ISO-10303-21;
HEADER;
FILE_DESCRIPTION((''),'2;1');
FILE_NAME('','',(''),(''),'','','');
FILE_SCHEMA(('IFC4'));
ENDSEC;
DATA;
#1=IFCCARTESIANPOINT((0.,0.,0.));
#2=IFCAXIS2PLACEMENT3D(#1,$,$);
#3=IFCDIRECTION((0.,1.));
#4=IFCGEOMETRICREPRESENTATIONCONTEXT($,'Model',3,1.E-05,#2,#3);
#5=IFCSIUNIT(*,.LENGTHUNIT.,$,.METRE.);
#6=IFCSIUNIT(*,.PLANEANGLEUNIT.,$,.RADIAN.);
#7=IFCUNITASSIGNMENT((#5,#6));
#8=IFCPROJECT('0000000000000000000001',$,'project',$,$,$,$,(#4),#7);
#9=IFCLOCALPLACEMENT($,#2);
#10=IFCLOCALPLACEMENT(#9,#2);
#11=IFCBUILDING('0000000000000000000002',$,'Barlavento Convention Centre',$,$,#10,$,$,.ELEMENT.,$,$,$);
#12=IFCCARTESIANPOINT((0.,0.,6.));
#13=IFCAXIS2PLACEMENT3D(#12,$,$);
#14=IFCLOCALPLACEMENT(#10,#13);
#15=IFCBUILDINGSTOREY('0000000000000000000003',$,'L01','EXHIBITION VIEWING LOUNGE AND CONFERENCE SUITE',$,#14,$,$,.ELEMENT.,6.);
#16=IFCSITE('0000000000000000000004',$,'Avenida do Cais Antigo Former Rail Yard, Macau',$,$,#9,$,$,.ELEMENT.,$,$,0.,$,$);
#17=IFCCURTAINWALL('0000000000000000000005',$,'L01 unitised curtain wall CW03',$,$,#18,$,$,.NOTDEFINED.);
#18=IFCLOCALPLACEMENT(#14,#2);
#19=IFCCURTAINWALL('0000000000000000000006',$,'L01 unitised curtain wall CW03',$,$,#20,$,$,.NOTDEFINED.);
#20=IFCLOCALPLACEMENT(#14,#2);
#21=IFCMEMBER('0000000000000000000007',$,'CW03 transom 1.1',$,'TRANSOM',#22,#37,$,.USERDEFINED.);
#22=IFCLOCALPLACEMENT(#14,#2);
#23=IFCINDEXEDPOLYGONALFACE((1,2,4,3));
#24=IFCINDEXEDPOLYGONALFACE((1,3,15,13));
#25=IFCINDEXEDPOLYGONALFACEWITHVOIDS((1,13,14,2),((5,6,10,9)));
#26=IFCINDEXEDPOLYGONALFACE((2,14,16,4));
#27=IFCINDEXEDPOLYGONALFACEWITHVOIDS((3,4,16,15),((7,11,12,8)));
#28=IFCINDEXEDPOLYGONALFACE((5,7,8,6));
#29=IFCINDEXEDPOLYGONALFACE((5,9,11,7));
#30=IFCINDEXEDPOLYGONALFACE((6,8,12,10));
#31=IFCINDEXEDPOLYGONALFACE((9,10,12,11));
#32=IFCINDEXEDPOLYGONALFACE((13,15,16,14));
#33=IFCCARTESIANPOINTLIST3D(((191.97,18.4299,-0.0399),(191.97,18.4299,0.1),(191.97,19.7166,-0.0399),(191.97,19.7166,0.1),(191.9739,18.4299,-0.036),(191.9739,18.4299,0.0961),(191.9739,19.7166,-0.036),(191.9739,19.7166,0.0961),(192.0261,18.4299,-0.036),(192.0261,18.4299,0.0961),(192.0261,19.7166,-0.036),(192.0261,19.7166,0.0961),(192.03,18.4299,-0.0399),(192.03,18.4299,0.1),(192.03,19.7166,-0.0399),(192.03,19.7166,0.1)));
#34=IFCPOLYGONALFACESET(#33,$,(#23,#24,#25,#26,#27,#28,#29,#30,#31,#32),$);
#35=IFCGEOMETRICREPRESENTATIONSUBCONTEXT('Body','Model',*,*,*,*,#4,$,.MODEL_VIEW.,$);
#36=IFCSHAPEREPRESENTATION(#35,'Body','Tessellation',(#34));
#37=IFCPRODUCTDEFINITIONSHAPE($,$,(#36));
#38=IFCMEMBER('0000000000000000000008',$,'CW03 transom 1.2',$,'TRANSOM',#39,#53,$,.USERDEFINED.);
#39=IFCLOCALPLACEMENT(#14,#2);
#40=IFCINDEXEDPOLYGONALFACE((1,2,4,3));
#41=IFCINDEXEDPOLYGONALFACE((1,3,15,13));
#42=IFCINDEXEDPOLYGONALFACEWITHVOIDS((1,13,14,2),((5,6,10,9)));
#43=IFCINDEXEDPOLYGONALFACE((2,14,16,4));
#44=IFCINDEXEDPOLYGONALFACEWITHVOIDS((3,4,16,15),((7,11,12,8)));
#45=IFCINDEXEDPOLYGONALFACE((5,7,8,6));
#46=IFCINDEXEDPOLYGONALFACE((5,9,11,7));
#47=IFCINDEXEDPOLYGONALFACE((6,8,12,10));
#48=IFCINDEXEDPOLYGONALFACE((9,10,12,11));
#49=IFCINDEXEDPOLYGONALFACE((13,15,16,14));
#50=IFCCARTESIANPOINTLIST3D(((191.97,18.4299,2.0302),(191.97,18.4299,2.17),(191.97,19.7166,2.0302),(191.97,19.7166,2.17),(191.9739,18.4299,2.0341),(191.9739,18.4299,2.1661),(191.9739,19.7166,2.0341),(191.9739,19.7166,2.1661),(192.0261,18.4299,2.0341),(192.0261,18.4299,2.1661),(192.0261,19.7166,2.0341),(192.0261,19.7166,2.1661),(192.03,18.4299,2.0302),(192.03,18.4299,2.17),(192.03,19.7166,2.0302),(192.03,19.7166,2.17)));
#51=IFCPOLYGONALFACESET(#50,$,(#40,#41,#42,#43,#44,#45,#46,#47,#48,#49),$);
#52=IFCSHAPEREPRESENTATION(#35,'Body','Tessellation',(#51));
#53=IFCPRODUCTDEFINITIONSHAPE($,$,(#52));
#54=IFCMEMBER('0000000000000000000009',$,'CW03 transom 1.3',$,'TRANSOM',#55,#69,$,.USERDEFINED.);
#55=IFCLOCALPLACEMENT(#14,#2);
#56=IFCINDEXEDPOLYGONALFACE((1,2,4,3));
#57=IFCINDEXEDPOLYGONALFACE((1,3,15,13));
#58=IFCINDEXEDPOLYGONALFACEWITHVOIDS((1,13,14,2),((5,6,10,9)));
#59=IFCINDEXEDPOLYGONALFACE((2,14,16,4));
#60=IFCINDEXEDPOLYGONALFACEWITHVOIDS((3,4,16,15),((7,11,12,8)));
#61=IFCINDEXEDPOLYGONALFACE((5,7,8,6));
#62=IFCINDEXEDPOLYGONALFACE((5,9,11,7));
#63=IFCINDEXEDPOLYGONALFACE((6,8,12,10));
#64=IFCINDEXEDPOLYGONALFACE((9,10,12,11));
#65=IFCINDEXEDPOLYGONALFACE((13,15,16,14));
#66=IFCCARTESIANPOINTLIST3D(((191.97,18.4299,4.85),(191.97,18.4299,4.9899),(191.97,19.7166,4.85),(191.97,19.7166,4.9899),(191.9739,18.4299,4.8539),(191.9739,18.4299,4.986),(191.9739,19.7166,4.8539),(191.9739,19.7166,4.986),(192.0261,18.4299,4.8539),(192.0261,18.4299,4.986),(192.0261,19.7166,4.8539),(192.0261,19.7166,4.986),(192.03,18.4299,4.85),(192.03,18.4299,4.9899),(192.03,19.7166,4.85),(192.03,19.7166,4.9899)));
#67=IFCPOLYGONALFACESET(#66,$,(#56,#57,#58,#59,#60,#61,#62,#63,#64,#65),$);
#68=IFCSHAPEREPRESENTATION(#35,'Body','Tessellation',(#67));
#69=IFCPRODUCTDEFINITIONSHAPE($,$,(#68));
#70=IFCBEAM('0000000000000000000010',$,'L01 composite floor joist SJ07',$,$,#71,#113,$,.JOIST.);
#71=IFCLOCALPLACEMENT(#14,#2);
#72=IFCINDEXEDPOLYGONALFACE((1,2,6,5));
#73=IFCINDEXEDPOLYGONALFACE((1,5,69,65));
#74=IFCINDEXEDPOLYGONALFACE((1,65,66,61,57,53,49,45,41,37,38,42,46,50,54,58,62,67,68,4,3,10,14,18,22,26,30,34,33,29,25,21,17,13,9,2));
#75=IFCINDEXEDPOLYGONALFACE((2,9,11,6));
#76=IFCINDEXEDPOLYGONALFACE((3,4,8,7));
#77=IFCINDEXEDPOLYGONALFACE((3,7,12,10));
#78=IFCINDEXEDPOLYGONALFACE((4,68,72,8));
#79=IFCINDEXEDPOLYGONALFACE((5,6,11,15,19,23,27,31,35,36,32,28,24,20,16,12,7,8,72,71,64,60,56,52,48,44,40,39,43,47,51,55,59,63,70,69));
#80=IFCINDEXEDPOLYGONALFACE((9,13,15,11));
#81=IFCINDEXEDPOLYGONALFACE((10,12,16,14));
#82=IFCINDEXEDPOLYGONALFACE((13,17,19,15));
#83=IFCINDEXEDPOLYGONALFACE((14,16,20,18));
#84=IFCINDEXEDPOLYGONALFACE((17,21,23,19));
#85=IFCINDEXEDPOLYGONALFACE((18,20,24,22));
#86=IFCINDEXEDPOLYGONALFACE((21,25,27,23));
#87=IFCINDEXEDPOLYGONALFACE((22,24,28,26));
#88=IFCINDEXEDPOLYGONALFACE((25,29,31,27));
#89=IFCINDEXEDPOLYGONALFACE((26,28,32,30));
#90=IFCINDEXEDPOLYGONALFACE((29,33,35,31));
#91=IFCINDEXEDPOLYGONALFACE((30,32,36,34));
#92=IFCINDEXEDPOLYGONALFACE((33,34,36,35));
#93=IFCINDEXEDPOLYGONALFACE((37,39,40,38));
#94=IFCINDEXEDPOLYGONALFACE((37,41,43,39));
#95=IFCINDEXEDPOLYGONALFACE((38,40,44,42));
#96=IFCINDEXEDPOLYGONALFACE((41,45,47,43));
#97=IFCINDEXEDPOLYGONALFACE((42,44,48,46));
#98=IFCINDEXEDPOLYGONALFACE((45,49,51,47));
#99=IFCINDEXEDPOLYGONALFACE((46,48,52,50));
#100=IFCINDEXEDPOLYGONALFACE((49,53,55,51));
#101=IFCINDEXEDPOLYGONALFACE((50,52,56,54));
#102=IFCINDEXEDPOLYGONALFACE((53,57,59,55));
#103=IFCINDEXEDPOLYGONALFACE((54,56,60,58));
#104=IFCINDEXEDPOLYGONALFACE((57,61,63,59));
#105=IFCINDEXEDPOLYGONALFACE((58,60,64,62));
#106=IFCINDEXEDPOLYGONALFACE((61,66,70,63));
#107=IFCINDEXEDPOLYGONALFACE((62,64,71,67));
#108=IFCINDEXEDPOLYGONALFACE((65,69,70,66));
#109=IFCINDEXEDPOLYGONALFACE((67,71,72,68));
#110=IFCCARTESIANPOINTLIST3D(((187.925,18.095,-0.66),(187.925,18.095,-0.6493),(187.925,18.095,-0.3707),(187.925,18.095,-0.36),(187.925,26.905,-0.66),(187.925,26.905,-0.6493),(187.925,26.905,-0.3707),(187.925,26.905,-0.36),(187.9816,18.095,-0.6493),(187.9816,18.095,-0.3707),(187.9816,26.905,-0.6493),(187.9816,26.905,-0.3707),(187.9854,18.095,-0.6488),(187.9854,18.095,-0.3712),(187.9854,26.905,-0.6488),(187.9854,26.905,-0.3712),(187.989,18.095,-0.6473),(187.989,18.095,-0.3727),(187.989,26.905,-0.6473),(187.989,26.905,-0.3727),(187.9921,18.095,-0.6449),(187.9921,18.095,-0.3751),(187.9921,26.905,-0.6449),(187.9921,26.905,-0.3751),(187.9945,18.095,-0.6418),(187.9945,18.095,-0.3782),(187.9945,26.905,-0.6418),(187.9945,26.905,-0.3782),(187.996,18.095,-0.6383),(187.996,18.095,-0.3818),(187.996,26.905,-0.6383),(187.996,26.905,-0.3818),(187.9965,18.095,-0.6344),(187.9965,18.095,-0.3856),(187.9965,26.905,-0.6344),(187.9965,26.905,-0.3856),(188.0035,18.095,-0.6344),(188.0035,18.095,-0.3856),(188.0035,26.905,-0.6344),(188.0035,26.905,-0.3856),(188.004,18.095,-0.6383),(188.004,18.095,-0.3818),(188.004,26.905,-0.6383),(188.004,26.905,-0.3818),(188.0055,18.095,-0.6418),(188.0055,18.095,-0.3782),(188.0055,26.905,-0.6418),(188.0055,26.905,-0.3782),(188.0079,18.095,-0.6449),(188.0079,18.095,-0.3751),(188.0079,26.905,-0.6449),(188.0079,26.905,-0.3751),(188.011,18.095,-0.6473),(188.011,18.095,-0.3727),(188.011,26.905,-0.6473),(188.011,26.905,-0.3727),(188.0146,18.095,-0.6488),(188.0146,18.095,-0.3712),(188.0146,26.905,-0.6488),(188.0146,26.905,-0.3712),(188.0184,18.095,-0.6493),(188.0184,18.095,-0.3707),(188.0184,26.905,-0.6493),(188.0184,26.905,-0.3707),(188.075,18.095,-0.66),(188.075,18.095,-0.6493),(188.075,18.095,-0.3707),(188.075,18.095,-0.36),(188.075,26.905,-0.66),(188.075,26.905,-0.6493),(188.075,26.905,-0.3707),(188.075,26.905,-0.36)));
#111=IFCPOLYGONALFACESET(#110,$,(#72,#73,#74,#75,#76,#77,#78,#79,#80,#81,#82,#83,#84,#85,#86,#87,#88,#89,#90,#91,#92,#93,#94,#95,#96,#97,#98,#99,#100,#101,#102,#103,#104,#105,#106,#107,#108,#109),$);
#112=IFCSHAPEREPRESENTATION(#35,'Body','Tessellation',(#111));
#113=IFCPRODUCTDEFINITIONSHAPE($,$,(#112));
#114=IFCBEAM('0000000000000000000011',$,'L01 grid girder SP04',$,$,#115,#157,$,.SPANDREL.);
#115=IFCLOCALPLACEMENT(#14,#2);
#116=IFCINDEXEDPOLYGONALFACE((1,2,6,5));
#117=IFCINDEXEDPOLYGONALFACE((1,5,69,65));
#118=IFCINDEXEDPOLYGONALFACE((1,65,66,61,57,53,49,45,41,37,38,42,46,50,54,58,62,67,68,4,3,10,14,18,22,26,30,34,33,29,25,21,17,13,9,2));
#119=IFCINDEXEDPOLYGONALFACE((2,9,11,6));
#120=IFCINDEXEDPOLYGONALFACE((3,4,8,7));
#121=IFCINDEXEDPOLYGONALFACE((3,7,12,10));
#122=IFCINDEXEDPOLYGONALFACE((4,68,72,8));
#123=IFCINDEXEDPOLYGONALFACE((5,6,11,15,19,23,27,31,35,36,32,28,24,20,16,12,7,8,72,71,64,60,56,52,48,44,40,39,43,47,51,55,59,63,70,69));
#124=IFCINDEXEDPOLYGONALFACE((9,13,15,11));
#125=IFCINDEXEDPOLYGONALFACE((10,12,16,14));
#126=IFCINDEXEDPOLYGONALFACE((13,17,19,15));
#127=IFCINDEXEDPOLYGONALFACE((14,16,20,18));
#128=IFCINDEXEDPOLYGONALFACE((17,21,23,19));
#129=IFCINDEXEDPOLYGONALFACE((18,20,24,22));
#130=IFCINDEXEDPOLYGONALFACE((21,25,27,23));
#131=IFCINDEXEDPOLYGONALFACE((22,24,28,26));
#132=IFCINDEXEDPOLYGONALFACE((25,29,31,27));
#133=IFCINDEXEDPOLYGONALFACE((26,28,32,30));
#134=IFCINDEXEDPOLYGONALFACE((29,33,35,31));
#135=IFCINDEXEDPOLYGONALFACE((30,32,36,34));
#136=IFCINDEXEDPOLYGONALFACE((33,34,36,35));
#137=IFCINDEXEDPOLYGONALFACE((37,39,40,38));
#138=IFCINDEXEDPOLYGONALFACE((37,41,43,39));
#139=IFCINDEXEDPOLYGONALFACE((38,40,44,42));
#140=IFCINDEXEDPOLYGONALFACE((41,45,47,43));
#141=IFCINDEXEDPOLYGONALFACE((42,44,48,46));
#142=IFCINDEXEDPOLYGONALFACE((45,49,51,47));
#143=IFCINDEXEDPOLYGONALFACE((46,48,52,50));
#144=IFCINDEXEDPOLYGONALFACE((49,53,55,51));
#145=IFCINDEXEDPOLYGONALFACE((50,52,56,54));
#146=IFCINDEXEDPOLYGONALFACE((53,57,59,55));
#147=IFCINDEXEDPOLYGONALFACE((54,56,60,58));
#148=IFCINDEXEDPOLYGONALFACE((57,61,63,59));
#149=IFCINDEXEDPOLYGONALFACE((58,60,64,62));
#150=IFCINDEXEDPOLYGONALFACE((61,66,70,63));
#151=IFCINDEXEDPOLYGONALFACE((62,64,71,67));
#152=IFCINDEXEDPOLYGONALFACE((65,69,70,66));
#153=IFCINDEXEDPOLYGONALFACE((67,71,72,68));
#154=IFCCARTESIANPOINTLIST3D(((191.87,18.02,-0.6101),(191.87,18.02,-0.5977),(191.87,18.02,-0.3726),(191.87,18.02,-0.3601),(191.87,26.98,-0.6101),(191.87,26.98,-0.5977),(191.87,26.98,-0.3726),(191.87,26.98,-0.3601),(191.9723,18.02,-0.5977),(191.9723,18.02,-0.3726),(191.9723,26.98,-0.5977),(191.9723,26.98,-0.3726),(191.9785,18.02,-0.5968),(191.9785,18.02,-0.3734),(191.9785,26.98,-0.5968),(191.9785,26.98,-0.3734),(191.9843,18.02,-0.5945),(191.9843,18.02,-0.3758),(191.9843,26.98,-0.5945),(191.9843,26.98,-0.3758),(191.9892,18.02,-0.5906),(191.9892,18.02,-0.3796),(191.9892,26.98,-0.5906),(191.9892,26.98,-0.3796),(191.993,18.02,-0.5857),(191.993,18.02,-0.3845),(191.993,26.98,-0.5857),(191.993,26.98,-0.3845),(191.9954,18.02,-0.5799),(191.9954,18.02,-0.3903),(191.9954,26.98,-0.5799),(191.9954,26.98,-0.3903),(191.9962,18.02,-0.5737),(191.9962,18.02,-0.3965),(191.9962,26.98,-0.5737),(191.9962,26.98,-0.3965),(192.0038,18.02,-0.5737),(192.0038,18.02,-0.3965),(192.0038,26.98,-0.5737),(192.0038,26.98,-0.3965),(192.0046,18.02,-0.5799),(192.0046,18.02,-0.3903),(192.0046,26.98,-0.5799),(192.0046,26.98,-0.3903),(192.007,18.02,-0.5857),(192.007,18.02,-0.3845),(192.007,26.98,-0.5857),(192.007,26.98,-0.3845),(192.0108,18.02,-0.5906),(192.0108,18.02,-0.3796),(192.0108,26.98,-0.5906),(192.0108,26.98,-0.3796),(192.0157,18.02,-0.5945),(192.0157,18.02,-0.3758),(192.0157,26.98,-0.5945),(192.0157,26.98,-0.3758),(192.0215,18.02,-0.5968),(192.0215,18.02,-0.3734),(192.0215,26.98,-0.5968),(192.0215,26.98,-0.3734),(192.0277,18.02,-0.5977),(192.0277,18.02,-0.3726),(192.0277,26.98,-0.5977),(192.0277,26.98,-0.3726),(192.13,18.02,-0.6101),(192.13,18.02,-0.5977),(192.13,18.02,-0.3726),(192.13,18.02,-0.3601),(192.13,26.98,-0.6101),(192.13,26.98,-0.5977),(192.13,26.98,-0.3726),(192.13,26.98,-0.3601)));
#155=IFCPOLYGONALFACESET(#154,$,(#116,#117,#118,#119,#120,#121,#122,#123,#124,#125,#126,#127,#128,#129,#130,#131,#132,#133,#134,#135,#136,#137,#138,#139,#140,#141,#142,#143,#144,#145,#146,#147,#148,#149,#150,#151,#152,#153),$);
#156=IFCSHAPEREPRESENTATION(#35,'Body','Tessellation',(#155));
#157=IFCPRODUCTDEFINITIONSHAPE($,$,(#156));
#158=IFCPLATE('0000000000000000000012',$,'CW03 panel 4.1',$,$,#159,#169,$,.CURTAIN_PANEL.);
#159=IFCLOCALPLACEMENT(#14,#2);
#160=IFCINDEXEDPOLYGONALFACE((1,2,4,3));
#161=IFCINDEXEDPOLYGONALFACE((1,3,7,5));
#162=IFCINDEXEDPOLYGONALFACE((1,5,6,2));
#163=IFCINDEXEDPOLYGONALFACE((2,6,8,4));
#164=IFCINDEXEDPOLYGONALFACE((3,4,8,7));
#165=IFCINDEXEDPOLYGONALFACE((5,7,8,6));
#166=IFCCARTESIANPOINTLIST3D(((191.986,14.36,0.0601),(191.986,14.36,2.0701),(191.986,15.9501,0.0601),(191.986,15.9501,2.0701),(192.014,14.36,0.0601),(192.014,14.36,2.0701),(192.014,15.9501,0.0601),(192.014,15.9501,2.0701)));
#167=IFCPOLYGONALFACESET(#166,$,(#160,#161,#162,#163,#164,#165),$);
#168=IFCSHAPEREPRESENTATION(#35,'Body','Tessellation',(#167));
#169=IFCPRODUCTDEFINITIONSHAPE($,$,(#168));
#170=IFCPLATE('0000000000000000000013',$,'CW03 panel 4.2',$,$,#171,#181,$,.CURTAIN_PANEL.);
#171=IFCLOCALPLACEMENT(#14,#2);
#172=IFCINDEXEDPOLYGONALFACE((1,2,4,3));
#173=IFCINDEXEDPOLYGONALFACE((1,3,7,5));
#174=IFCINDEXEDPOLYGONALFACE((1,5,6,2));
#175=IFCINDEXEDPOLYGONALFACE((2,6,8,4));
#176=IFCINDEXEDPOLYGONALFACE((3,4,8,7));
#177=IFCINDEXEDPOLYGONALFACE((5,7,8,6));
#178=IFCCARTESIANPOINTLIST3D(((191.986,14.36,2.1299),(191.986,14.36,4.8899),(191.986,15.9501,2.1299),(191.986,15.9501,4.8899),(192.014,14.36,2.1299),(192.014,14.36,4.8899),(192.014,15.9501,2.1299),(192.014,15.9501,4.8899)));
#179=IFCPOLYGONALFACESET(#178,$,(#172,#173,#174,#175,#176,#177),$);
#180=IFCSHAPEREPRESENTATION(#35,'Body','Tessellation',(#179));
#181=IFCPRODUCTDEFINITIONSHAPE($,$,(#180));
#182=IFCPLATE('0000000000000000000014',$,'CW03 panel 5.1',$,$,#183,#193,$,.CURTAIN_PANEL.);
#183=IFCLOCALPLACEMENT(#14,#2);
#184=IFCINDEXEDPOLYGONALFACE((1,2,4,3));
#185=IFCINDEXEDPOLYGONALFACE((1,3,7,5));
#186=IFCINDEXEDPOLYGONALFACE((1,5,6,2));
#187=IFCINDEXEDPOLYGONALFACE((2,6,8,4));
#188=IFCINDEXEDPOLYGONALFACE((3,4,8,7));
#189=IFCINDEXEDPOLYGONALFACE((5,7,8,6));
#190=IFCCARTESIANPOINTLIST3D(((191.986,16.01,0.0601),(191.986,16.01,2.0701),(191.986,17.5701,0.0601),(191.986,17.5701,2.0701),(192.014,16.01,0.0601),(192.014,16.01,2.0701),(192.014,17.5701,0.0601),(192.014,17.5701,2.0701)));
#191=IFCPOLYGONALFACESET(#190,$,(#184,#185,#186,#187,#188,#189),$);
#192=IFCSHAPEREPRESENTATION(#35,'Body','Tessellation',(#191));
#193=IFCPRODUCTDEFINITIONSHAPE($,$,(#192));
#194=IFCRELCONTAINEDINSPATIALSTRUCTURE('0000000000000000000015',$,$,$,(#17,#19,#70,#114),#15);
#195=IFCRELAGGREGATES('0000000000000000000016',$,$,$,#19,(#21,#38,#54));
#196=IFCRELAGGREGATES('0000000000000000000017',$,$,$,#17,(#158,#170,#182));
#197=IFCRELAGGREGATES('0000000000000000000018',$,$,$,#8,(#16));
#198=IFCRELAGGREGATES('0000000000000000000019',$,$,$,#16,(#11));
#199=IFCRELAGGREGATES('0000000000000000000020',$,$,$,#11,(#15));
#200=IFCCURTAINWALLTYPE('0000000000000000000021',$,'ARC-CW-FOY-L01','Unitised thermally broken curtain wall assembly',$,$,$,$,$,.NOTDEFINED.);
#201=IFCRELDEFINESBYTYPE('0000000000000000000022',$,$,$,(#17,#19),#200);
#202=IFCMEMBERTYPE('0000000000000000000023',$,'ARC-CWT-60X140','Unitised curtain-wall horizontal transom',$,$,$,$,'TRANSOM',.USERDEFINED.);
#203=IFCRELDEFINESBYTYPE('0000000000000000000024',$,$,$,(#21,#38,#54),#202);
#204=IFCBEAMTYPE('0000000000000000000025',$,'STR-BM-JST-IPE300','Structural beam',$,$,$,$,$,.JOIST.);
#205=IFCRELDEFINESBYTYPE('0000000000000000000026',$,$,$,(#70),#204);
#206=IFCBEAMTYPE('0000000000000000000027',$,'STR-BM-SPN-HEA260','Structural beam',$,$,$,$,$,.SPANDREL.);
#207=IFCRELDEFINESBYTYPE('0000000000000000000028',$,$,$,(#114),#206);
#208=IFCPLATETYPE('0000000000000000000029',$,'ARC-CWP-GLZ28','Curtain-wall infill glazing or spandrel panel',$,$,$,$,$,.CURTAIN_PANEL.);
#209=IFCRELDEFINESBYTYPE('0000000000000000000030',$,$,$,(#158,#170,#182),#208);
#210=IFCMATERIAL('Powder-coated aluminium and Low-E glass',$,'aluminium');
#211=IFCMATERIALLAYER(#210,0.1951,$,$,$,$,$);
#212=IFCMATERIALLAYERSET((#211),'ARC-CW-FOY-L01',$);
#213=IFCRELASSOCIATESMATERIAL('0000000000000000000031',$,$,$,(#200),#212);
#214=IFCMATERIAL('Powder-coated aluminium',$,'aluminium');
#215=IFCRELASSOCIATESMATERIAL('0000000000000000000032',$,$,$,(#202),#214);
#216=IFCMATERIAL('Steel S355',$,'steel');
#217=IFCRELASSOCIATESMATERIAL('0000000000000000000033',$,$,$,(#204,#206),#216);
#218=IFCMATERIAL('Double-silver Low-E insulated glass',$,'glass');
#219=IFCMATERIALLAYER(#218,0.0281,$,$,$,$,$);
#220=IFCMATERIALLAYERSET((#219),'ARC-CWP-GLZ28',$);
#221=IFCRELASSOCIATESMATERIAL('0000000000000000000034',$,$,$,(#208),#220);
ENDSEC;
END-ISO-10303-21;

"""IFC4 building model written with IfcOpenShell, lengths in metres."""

from ifc_helpers import new_model, si_unit, direction, frame, origin, origin_2d, place, context, subcontext, project, spatial, rectangle, hollow_rectangle, i_section, extrude, material, layer, layer_set, material_profile, profile_set, type_object, element, aggregate, save


model = new_model("IFC4")

# Units and contexts
model_context = context("Model", 3, precision=1e-05, world=origin(), true_north=direction((0.0, 1.0)))
body_context = subcontext(model_context, "Body", "Model", "MODEL_VIEW")
ifc_project = project(units=[si_unit("LENGTHUNIT", "METRE"), si_unit("PLANEANGLEUNIT", "RADIAN")], contexts=[model_context])

# Site, building, storey
site_placement = place(None, origin())
site = spatial("IfcSite", under=ifc_project, at=site_placement, Name="Avenida do Cais Antigo Former Rail Yard, Macau", CompositionType="ELEMENT", RefElevation=0.0)
building_placement = place(site_placement, origin())
building = spatial("IfcBuilding", under=site, at=building_placement, Name="Barlavento Convention Centre", CompositionType="ELEMENT")
storey_placement = place(building_placement, frame((0.0, 0.0, 6.0)))
storey = spatial("IfcBuildingStorey", under=building, at=storey_placement, Name="L01", Description="EXHIBITION VIEWING LOUNGE AND CONFERENCE SUITE", CompositionType="ELEMENT", Elevation=6.0)

# Shared definitions
ifc_material_1 = material(Name="Steel S355", Category="steel")

# Curtain wall
ifc_material_2 = material(Name="Powder-coated aluminium and Low-E glass", Category="aluminium")
ifc_layer_1 = layer(ifc_material_2, 0.1951)
ifc_layer_set_1 = layer_set([ifc_layer_1], Name="ARC-CW-FOY-L01")
curtain_wall_type = type_object("IfcCurtainWallType", Name="ARC-CW-FOY-L01", Description="Unitised thermally broken curtain wall assembly", PredefinedType="NOTDEFINED", material=ifc_layer_set_1)
curtain_wall_1_placement = place(storey_placement, origin())
curtain_wall_1 = element("IfcCurtainWall", 1, at=curtain_wall_1_placement, inside=storey, type_object=curtain_wall_type, Name="L01 unitised curtain wall CW03", PredefinedType="NOTDEFINED")
ifc_material_3 = material(Name="Powder-coated aluminium", Category="aluminium")

# Curtain wall
curtain_wall_2_placement = place(storey_placement, origin())
curtain_wall_2 = element("IfcCurtainWall", 2, at=curtain_wall_2_placement, inside=storey, type_object=curtain_wall_type, Name="L01 unitised curtain wall CW03", PredefinedType="NOTDEFINED")

# Members
ifc_material_profile_1 = material_profile(ifc_material_3, hollow_rectangle(XDim=0.0601, YDim=0.1399, WallThickness=0.0039, at=origin_2d()), Name="AL-TRAN 60x140x4")
ifc_profile_set_1 = profile_set([ifc_material_profile_1], Name="Powder-coated aluminium")
member_type_1 = type_object("IfcMemberType", Name="ARC-CWT-60X140", Description="Unitised curtain-wall horizontal transom", ElementType="TRANSOM", PredefinedType="USERDEFINED", material=ifc_profile_set_1)
member_1_placement = place(storey_placement, frame((192.0, 18.4299, 0.03), z_axis=(0.0, 1.0, 0.0), x_axis=(-1.0, 0.0, 0.0)))
member_1 = element("IfcMember", 3, at=member_1_placement, type_object=member_type_1, Name="CW03 transom 1.1", ObjectType="TRANSOM", PredefinedType="USERDEFINED", context=body_context, shape_type="SweptSolid", body=[
    extrude(hollow_rectangle(XDim=0.0601, YDim=0.1399, WallThickness=0.0039, at=origin_2d()), origin(), (0.0, 0.0, 1.0), 1.2866),
])
member_2_placement = place(storey_placement, frame((192.0, 18.4299, 2.1001), z_axis=(0.0, 1.0, 0.0), x_axis=(-1.0, 0.0, 0.0)))
member_2 = element("IfcMember", 4, at=member_2_placement, type_object=member_type_1, Name="CW03 transom 1.2", ObjectType="TRANSOM", PredefinedType="USERDEFINED", context=body_context, shape_type="SweptSolid", body=[
    extrude(hollow_rectangle(XDim=0.0601, YDim=0.1399, WallThickness=0.0039, at=origin_2d()), origin(), (0.0, 0.0, 1.0), 1.2866),
])
member_3_placement = place(storey_placement, frame((192.0, 18.4299, 4.9199), z_axis=(0.0, 1.0, 0.0), x_axis=(-1.0, 0.0, 0.0)))
member_3 = element("IfcMember", 5, at=member_3_placement, type_object=member_type_1, Name="CW03 transom 1.3", ObjectType="TRANSOM", PredefinedType="USERDEFINED", context=body_context, shape_type="SweptSolid", body=[
    extrude(hollow_rectangle(XDim=0.0601, YDim=0.1399, WallThickness=0.0039, at=origin_2d()), origin(), (0.0, 0.0, 1.0), 1.2866),
])
aggregate(curtain_wall_2, [member_1, member_2, member_3])

# Beams
ifc_material_profile_2 = material_profile(ifc_material_1, i_section(OverallWidth=0.1499, OverallDepth=0.3, WebThickness=0.0071, FlangeThickness=0.0107, FilletRadius=0.0149, at=origin_2d()), Name="IPE 300")
ifc_profile_set_2 = profile_set([ifc_material_profile_2], Name="Steel S355")
beam_type_1 = type_object("IfcBeamType", Name="STR-BM-JST-IPE300", Description="Structural beam", PredefinedType="JOIST", material=ifc_profile_set_2)
beam_1_placement = place(storey_placement, frame((188.0, 18.095, -0.51), z_axis=(0.0, 1.0, 0.0), x_axis=(-1.0, 0.0, 0.0)))
element("IfcBeam", 6, at=beam_1_placement, inside=storey, type_object=beam_type_1, Name="L01 composite floor joist SJ07", PredefinedType="JOIST", context=body_context, shape_type="SweptSolid", body=[
    extrude(i_section(OverallWidth=0.1499, OverallDepth=0.3, WebThickness=0.0071, FlangeThickness=0.0107, FilletRadius=0.0149, at=origin_2d()), origin(), (0.0, 0.0, 1.0), 8.8101),
])
ifc_material_profile_3 = material_profile(ifc_material_1, i_section(OverallWidth=0.26, OverallDepth=0.25, WebThickness=0.0076, FlangeThickness=0.0125, FilletRadius=0.0239, at=origin_2d()), Name="HEA 260")
ifc_profile_set_3 = profile_set([ifc_material_profile_3], Name="Steel S355")
beam_type_2 = type_object("IfcBeamType", Name="STR-BM-SPN-HEA260", Description="Structural beam", PredefinedType="SPANDREL", material=ifc_profile_set_3)
beam_2_placement = place(storey_placement, frame((192.0, 18.02, -0.4851), z_axis=(0.0, 1.0, 0.0), x_axis=(-1.0, 0.0, 0.0)))
element("IfcBeam", 7, at=beam_2_placement, inside=storey, type_object=beam_type_2, Name="L01 grid girder SP04", PredefinedType="SPANDREL", context=body_context, shape_type="SweptSolid", body=[
    extrude(i_section(OverallWidth=0.26, OverallDepth=0.25, WebThickness=0.0076, FlangeThickness=0.0125, FilletRadius=0.0239, at=origin_2d()), origin(), (0.0, 0.0, 1.0), 8.96),
])

# Plates
ifc_material_4 = material(Name="Double-silver Low-E insulated glass", Category="glass")
ifc_layer_2 = layer(ifc_material_4, 0.0281)
ifc_layer_set_2 = layer_set([ifc_layer_2], Name="ARC-CWP-GLZ28")
plate_type = type_object("IfcPlateType", Name="ARC-CWP-GLZ28", Description="Curtain-wall infill glazing or spandrel panel", PredefinedType="CURTAIN_PANEL", material=ifc_layer_set_2)
plate_1_placement = place(storey_placement, frame((192.0, 15.155, 0.0601), z_axis=(0.0, 0.0, 1.0), x_axis=(0.0, 1.0, 0.0)))
plate_1 = element("IfcPlate", 8, at=plate_1_placement, type_object=plate_type, Name="CW03 panel 4.1", PredefinedType="CURTAIN_PANEL", context=body_context, shape_type="SweptSolid", body=[
    extrude(rectangle(XDim=1.5901, YDim=0.0281, at=origin_2d()), origin(), (0.0, 0.0, 1.0), 2.01),
])
plate_2_placement = place(storey_placement, frame((192.0, 15.155, 2.1299), z_axis=(0.0, 0.0, 1.0), x_axis=(0.0, 1.0, 0.0)))
plate_2 = element("IfcPlate", 9, at=plate_2_placement, type_object=plate_type, Name="CW03 panel 4.2", PredefinedType="CURTAIN_PANEL", context=body_context, shape_type="SweptSolid", body=[
    extrude(rectangle(XDim=1.5901, YDim=0.0281, at=origin_2d()), origin(), (0.0, 0.0, 1.0), 2.76),
])
plate_3_placement = place(storey_placement, frame((192.0, 16.79, 0.0601), z_axis=(0.0, 0.0, 1.0), x_axis=(0.0, 1.0, 0.0)))
plate_3 = element("IfcPlate", 10, at=plate_3_placement, type_object=plate_type, Name="CW03 panel 5.1", PredefinedType="CURTAIN_PANEL", context=body_context, shape_type="SweptSolid", body=[
    extrude(rectangle(XDim=1.5601, YDim=0.0281, at=origin_2d()), origin(), (0.0, 0.0, 1.0), 2.01),
])
aggregate(curtain_wall_1, [plate_1, plate_2, plate_3])

save(model, "model.ifc")
